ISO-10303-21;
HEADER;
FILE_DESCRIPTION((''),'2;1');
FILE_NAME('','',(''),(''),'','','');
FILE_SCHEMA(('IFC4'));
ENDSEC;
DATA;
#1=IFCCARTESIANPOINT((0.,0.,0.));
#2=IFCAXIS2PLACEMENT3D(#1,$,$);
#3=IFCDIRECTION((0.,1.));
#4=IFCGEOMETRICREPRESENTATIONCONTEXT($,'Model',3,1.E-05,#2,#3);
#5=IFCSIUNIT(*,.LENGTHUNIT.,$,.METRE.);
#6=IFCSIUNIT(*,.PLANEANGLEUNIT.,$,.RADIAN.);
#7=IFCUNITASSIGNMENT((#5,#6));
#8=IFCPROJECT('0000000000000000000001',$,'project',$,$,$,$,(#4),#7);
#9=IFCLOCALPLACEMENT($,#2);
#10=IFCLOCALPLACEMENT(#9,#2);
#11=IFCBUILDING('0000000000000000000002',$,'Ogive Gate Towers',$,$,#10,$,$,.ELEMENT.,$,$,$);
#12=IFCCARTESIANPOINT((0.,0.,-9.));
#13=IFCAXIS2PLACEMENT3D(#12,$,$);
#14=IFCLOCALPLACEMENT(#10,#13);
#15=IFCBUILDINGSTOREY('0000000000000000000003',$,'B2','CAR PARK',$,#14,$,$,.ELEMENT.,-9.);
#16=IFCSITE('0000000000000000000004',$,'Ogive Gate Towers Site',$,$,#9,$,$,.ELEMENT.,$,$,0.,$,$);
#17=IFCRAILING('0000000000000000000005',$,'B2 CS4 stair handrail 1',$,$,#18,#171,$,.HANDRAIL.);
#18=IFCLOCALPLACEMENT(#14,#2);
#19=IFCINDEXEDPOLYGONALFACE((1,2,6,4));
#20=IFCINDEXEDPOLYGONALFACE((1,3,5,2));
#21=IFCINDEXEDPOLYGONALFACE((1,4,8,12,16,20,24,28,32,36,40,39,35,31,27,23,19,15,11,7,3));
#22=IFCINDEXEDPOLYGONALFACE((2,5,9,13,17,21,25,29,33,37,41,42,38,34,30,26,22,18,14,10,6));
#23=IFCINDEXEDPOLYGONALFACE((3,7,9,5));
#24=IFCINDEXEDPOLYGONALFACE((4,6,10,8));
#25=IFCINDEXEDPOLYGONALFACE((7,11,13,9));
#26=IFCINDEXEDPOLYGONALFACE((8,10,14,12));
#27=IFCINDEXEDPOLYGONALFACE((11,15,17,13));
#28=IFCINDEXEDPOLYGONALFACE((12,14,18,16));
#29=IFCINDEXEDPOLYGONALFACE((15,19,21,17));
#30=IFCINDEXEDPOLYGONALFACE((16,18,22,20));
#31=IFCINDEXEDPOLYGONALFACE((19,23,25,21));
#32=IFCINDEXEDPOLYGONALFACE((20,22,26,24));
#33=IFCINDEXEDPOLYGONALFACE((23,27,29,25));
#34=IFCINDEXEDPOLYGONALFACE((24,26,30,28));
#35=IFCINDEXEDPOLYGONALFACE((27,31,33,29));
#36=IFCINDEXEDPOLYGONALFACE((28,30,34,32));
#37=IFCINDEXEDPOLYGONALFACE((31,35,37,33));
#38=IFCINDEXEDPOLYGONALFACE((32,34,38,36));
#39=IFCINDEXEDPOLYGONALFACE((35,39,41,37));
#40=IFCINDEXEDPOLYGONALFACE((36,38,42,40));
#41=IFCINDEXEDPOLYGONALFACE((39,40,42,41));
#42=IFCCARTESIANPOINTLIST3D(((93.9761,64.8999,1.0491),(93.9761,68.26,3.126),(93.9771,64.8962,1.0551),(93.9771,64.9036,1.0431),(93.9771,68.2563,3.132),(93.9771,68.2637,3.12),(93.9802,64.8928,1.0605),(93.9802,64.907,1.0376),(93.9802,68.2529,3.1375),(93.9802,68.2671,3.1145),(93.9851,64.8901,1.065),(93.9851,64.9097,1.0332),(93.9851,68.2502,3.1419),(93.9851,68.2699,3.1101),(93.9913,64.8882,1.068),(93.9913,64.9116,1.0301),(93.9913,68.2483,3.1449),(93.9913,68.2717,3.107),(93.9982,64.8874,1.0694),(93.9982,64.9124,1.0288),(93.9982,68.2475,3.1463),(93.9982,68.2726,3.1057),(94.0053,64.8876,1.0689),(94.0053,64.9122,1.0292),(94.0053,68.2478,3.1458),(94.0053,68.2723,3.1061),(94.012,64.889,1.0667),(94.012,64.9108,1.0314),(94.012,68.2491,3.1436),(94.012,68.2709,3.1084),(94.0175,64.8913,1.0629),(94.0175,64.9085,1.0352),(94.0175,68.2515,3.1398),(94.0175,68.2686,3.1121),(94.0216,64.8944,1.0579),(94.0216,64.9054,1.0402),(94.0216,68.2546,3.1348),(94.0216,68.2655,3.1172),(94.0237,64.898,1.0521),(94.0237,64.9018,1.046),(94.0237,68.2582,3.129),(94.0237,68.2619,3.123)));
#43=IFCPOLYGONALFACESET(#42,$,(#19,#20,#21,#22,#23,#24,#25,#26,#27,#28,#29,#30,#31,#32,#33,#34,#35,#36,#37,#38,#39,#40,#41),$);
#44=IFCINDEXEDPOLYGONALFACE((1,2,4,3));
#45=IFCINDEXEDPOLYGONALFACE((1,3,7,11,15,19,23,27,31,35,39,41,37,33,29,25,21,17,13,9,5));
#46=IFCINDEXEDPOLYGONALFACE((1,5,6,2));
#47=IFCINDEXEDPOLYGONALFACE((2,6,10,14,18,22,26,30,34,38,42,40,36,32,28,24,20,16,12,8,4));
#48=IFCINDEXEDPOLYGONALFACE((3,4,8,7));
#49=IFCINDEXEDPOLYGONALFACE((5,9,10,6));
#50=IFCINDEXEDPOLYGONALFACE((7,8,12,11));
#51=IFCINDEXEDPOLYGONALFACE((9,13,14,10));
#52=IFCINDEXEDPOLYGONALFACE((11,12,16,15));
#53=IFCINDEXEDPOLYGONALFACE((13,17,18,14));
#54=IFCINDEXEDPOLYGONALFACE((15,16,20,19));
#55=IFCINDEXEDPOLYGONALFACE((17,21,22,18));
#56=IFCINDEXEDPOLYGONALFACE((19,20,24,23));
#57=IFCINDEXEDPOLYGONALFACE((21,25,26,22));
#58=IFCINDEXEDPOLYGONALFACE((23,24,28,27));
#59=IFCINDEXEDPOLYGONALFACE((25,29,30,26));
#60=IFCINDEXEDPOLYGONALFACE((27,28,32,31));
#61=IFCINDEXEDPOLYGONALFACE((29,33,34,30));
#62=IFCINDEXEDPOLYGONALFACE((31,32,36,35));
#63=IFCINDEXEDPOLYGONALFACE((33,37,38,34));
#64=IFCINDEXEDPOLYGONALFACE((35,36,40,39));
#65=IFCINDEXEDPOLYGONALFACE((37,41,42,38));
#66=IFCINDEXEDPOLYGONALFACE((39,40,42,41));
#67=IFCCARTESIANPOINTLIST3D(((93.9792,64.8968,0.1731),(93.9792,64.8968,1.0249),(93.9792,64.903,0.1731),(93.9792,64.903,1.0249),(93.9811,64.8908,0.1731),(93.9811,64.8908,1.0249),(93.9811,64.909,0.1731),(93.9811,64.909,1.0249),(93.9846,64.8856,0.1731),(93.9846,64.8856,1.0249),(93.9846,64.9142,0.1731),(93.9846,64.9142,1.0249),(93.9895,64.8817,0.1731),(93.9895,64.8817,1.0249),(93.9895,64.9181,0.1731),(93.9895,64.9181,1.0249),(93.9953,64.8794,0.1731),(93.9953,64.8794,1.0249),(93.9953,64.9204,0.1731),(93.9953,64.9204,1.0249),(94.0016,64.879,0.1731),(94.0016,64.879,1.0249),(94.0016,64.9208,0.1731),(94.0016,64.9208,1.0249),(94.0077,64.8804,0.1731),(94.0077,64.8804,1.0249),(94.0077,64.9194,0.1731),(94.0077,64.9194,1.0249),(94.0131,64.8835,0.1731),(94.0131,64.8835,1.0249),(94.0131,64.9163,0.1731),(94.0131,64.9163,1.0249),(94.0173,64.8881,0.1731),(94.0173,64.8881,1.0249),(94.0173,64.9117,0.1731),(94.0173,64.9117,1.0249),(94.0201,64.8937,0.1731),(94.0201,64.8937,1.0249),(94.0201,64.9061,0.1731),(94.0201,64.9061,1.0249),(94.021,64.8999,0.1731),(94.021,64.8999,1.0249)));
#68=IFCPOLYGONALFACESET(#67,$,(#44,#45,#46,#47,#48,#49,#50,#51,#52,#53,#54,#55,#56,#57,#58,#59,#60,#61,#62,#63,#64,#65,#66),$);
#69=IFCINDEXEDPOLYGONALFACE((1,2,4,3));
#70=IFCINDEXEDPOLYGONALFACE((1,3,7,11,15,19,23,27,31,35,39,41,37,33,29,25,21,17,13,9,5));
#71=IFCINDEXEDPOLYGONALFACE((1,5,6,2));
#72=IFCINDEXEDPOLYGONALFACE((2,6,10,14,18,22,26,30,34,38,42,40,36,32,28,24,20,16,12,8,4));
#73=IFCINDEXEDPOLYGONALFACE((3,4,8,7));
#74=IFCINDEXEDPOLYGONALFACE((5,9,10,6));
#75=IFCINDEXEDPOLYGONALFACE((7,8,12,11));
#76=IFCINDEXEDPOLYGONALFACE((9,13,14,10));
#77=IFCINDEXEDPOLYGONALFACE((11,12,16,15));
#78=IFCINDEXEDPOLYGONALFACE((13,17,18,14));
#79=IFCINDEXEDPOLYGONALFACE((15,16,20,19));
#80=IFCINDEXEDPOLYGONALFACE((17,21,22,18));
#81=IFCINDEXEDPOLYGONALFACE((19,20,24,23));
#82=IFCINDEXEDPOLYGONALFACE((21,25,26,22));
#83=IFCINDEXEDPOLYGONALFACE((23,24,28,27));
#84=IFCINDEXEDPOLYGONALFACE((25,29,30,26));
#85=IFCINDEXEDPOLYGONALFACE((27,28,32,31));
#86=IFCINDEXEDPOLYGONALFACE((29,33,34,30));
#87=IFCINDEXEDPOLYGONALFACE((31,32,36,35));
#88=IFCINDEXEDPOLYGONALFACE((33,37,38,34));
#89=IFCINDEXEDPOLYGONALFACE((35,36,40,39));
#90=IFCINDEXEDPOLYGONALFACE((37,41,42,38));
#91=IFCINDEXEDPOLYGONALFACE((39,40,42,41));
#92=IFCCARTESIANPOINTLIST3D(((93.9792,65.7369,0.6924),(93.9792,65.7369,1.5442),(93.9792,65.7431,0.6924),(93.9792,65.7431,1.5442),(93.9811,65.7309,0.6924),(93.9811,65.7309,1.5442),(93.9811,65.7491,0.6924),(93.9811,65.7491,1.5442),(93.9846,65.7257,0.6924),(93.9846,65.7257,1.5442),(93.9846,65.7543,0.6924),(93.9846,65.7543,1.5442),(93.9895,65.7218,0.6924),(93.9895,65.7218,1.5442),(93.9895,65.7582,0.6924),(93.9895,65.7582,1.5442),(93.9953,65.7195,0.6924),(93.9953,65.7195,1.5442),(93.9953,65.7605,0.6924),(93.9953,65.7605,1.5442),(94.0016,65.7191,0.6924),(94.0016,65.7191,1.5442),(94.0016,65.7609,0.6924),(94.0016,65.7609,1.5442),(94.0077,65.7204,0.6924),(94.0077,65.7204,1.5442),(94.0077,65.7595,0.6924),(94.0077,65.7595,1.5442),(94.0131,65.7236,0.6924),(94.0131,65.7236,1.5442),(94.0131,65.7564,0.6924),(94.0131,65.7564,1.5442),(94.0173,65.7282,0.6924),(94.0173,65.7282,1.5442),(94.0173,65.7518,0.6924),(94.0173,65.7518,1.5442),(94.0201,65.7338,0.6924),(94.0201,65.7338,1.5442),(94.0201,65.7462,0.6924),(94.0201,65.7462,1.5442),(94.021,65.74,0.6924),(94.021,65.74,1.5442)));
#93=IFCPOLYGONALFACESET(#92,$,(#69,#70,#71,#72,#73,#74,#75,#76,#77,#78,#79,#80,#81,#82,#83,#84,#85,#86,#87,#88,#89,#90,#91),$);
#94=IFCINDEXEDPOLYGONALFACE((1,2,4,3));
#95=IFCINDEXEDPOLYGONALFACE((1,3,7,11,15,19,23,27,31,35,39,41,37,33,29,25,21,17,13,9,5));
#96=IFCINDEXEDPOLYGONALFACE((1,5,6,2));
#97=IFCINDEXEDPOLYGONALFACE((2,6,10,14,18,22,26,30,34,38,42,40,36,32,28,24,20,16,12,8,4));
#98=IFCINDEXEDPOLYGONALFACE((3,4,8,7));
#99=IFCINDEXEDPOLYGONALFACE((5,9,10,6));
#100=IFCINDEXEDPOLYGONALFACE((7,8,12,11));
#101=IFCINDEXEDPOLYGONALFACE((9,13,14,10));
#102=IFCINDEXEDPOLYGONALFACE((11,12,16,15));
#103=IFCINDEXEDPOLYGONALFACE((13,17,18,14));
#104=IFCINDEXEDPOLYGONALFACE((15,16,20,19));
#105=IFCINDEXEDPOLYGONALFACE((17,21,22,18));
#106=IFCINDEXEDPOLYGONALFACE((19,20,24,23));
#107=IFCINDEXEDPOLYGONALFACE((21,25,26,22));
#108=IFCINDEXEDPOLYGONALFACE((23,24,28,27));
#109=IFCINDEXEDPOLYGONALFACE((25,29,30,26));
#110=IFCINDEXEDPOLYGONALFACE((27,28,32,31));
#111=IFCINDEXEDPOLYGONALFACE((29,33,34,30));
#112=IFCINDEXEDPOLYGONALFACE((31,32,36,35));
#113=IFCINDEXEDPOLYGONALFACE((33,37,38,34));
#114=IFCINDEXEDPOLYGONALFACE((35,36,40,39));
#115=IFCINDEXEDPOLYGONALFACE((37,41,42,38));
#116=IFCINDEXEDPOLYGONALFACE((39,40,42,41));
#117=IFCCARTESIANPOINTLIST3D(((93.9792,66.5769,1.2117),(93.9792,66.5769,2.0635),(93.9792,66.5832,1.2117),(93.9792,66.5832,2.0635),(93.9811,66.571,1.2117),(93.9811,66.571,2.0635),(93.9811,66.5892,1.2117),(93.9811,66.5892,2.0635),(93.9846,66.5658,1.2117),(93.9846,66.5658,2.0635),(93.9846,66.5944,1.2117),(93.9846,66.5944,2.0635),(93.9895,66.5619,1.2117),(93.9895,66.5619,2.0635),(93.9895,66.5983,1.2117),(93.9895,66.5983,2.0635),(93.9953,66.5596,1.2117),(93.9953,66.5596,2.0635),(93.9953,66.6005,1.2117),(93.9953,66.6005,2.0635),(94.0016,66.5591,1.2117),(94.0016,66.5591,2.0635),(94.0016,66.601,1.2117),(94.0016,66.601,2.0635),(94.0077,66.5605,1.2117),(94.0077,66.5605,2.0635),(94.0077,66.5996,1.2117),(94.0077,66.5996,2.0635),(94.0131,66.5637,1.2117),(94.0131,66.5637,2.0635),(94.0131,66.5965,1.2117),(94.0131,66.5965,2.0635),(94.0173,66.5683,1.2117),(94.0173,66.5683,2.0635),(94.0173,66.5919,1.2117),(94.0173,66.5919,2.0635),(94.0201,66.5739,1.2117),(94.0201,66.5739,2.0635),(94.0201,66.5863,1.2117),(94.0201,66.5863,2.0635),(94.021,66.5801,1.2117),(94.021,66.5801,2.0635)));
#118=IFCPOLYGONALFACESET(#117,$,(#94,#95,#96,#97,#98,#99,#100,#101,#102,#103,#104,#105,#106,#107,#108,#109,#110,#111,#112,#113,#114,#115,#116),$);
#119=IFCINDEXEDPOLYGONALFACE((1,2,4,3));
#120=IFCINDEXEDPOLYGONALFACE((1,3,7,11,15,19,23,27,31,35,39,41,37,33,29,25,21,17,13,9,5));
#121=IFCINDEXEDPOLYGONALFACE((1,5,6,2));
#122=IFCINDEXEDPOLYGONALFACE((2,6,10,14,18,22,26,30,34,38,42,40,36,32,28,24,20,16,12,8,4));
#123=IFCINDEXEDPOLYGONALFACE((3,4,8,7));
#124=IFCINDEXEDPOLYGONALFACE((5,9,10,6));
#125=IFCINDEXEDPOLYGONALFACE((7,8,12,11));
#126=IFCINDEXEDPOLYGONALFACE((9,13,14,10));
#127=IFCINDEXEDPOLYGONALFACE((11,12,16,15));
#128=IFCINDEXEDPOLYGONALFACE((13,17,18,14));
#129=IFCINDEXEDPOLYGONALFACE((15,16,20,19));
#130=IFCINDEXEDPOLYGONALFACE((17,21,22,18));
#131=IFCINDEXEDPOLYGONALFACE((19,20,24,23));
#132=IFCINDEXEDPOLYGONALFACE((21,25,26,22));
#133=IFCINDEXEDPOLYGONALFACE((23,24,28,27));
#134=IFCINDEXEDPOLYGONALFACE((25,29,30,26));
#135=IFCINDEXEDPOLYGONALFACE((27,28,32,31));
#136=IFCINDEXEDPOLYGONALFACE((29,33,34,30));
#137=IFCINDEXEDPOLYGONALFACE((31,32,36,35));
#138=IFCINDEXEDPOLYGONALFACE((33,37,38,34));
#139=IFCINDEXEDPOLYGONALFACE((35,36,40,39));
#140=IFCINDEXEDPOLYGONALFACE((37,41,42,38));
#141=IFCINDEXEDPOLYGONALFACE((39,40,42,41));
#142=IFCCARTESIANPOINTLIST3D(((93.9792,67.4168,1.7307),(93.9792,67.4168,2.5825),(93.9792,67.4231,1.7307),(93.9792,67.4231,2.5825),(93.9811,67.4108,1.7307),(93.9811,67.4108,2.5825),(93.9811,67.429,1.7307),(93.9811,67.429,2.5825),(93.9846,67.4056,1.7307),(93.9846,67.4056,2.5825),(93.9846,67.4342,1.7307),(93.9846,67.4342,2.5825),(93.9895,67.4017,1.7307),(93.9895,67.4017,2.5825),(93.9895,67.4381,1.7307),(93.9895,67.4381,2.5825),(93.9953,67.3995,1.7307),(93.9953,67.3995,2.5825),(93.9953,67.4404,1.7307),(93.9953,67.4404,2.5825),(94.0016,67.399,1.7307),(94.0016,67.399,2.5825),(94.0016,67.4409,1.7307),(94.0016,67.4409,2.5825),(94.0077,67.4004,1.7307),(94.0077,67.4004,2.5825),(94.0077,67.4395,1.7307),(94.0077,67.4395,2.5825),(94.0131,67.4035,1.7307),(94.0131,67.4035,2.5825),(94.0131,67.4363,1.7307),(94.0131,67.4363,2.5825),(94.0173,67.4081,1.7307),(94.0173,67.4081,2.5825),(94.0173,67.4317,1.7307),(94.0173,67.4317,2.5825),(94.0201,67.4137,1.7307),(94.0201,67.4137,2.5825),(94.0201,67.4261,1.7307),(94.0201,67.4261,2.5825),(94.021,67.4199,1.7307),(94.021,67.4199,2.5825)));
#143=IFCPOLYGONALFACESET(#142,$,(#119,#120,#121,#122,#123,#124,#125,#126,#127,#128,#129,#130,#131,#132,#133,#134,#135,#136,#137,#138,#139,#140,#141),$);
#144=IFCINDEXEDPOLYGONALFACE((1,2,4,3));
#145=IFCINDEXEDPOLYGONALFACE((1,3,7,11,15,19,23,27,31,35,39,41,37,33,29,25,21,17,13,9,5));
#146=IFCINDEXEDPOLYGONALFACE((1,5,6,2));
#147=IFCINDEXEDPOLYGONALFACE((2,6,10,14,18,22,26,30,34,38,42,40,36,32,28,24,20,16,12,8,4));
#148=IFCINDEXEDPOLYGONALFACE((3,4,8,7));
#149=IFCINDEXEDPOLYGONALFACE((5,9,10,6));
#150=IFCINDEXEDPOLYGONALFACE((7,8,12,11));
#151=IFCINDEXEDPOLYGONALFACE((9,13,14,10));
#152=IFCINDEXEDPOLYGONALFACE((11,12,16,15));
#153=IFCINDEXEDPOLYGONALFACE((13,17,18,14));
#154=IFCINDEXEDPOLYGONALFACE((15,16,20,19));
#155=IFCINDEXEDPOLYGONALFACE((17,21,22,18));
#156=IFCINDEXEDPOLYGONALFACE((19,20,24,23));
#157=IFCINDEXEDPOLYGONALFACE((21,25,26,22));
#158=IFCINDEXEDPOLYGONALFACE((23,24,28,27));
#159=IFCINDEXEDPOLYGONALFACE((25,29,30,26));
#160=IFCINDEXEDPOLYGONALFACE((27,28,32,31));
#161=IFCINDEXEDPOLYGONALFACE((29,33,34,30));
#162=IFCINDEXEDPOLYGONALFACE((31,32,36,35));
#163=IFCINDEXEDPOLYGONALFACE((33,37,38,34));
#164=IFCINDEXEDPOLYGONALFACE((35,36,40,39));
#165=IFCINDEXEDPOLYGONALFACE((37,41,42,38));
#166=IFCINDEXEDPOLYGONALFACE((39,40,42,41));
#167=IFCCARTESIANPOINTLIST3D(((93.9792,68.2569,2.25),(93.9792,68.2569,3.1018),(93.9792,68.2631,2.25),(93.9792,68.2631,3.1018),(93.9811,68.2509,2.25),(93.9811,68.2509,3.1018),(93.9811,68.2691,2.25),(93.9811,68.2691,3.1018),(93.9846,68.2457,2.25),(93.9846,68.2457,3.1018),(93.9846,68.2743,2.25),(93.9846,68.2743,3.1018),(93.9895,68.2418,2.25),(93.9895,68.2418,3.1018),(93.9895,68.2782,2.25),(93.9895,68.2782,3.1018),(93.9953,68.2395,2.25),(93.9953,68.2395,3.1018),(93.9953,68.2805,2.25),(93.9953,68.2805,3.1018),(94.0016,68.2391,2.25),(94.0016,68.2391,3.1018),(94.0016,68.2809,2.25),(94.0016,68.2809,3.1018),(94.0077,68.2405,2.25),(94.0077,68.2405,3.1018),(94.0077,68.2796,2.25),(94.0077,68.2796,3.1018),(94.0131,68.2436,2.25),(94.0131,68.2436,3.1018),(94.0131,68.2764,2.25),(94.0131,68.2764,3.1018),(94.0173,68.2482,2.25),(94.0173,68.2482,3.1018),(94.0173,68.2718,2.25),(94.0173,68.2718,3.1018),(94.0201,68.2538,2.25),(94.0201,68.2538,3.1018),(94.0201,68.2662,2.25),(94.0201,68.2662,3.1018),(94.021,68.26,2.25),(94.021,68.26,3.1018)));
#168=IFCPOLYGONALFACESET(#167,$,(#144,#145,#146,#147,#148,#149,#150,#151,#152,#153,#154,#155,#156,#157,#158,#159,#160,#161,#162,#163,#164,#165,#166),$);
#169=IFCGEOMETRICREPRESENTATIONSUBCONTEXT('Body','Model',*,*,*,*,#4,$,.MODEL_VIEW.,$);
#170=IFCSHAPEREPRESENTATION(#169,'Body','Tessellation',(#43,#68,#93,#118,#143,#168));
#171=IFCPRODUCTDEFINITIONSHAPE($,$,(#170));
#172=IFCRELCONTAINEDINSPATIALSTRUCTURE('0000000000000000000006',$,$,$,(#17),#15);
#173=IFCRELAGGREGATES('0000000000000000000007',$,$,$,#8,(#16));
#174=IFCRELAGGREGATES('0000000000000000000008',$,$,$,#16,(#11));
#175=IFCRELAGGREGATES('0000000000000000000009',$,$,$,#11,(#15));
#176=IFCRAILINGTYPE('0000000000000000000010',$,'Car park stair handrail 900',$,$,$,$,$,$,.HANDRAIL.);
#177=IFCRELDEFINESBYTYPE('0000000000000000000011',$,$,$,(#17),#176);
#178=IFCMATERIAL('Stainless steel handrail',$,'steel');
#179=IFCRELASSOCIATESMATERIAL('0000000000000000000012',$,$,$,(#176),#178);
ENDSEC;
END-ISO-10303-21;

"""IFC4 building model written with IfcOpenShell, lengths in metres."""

from ifc_helpers import new_model, si_unit, direction, frame, origin, origin_2d, place, context, subcontext, project, spatial, circle, extrude, material, type_object, element, save


model = new_model("IFC4")

# Units and contexts
model_context = context("Model", 3, precision=1e-05, world=origin(), true_north=direction((0.0, 1.0)))
body_context = subcontext(model_context, "Body", "Model", "MODEL_VIEW")
ifc_project = project(units=[si_unit("LENGTHUNIT", "METRE"), si_unit("PLANEANGLEUNIT", "RADIAN")], contexts=[model_context])

# Site, building, storey
site_placement = place(None, origin())
site = spatial("IfcSite", under=ifc_project, at=site_placement, Name="Ogive Gate Towers Site", CompositionType="ELEMENT", RefElevation=0.0)
building_placement = place(site_placement, origin())
building = spatial("IfcBuilding", under=site, at=building_placement, Name="Ogive Gate Towers", CompositionType="ELEMENT")
storey_placement = place(building_placement, frame((0.0, 0.0, -9.0)))
storey = spatial("IfcBuildingStorey", under=building, at=storey_placement, Name="B2", Description="CAR PARK", CompositionType="ELEMENT", Elevation=-9.0)

# Railing
ifc_material_1 = material(Name="Stainless steel handrail", Category="steel")
railing_type_1 = type_object("IfcRailingType", Name="Car park stair handrail 900", PredefinedType="HANDRAIL", material=ifc_material_1)
railing_1_placement = place(storey_placement, frame((94.0, 64.8999, 0.1731)))
element("IfcRailing", 1, at=railing_1_placement, inside=storey, type_object=railing_type_1, Name="B2 CS4 stair handrail 1", PredefinedType="HANDRAIL", context=body_context, shape_type="SweptSolid", body=[
    extrude(circle(Radius=0.0239, at=origin_2d()), frame((0.0, 0.0, 0.876), z_axis=(0.0, 0.850623, 0.525776), x_axis=(-1.0, 0.0, 0.0)), (0.0, 0.0, 1.0), 3.9502),
    extrude(circle(Radius=0.021, at=origin_2d()), origin(), (0.0, 0.0, 1.0), 0.8518),
    extrude(circle(Radius=0.021, at=origin_2d()), frame((0.0, 0.8401, 0.5193)), (0.0, 0.0, 1.0), 0.8518),
    extrude(circle(Radius=0.021, at=origin_2d()), frame((0.0, 1.6802, 1.0386)), (0.0, 0.0, 1.0), 0.8518),
    extrude(circle(Radius=0.021, at=origin_2d()), frame((0.0, 2.52, 1.5576)), (0.0, 0.0, 1.0), 0.8518),
    extrude(circle(Radius=0.021, at=origin_2d()), frame((0.0, 3.3601, 2.0769)), (0.0, 0.0, 1.0), 0.8518),
])

save(model, "model.ifc")
